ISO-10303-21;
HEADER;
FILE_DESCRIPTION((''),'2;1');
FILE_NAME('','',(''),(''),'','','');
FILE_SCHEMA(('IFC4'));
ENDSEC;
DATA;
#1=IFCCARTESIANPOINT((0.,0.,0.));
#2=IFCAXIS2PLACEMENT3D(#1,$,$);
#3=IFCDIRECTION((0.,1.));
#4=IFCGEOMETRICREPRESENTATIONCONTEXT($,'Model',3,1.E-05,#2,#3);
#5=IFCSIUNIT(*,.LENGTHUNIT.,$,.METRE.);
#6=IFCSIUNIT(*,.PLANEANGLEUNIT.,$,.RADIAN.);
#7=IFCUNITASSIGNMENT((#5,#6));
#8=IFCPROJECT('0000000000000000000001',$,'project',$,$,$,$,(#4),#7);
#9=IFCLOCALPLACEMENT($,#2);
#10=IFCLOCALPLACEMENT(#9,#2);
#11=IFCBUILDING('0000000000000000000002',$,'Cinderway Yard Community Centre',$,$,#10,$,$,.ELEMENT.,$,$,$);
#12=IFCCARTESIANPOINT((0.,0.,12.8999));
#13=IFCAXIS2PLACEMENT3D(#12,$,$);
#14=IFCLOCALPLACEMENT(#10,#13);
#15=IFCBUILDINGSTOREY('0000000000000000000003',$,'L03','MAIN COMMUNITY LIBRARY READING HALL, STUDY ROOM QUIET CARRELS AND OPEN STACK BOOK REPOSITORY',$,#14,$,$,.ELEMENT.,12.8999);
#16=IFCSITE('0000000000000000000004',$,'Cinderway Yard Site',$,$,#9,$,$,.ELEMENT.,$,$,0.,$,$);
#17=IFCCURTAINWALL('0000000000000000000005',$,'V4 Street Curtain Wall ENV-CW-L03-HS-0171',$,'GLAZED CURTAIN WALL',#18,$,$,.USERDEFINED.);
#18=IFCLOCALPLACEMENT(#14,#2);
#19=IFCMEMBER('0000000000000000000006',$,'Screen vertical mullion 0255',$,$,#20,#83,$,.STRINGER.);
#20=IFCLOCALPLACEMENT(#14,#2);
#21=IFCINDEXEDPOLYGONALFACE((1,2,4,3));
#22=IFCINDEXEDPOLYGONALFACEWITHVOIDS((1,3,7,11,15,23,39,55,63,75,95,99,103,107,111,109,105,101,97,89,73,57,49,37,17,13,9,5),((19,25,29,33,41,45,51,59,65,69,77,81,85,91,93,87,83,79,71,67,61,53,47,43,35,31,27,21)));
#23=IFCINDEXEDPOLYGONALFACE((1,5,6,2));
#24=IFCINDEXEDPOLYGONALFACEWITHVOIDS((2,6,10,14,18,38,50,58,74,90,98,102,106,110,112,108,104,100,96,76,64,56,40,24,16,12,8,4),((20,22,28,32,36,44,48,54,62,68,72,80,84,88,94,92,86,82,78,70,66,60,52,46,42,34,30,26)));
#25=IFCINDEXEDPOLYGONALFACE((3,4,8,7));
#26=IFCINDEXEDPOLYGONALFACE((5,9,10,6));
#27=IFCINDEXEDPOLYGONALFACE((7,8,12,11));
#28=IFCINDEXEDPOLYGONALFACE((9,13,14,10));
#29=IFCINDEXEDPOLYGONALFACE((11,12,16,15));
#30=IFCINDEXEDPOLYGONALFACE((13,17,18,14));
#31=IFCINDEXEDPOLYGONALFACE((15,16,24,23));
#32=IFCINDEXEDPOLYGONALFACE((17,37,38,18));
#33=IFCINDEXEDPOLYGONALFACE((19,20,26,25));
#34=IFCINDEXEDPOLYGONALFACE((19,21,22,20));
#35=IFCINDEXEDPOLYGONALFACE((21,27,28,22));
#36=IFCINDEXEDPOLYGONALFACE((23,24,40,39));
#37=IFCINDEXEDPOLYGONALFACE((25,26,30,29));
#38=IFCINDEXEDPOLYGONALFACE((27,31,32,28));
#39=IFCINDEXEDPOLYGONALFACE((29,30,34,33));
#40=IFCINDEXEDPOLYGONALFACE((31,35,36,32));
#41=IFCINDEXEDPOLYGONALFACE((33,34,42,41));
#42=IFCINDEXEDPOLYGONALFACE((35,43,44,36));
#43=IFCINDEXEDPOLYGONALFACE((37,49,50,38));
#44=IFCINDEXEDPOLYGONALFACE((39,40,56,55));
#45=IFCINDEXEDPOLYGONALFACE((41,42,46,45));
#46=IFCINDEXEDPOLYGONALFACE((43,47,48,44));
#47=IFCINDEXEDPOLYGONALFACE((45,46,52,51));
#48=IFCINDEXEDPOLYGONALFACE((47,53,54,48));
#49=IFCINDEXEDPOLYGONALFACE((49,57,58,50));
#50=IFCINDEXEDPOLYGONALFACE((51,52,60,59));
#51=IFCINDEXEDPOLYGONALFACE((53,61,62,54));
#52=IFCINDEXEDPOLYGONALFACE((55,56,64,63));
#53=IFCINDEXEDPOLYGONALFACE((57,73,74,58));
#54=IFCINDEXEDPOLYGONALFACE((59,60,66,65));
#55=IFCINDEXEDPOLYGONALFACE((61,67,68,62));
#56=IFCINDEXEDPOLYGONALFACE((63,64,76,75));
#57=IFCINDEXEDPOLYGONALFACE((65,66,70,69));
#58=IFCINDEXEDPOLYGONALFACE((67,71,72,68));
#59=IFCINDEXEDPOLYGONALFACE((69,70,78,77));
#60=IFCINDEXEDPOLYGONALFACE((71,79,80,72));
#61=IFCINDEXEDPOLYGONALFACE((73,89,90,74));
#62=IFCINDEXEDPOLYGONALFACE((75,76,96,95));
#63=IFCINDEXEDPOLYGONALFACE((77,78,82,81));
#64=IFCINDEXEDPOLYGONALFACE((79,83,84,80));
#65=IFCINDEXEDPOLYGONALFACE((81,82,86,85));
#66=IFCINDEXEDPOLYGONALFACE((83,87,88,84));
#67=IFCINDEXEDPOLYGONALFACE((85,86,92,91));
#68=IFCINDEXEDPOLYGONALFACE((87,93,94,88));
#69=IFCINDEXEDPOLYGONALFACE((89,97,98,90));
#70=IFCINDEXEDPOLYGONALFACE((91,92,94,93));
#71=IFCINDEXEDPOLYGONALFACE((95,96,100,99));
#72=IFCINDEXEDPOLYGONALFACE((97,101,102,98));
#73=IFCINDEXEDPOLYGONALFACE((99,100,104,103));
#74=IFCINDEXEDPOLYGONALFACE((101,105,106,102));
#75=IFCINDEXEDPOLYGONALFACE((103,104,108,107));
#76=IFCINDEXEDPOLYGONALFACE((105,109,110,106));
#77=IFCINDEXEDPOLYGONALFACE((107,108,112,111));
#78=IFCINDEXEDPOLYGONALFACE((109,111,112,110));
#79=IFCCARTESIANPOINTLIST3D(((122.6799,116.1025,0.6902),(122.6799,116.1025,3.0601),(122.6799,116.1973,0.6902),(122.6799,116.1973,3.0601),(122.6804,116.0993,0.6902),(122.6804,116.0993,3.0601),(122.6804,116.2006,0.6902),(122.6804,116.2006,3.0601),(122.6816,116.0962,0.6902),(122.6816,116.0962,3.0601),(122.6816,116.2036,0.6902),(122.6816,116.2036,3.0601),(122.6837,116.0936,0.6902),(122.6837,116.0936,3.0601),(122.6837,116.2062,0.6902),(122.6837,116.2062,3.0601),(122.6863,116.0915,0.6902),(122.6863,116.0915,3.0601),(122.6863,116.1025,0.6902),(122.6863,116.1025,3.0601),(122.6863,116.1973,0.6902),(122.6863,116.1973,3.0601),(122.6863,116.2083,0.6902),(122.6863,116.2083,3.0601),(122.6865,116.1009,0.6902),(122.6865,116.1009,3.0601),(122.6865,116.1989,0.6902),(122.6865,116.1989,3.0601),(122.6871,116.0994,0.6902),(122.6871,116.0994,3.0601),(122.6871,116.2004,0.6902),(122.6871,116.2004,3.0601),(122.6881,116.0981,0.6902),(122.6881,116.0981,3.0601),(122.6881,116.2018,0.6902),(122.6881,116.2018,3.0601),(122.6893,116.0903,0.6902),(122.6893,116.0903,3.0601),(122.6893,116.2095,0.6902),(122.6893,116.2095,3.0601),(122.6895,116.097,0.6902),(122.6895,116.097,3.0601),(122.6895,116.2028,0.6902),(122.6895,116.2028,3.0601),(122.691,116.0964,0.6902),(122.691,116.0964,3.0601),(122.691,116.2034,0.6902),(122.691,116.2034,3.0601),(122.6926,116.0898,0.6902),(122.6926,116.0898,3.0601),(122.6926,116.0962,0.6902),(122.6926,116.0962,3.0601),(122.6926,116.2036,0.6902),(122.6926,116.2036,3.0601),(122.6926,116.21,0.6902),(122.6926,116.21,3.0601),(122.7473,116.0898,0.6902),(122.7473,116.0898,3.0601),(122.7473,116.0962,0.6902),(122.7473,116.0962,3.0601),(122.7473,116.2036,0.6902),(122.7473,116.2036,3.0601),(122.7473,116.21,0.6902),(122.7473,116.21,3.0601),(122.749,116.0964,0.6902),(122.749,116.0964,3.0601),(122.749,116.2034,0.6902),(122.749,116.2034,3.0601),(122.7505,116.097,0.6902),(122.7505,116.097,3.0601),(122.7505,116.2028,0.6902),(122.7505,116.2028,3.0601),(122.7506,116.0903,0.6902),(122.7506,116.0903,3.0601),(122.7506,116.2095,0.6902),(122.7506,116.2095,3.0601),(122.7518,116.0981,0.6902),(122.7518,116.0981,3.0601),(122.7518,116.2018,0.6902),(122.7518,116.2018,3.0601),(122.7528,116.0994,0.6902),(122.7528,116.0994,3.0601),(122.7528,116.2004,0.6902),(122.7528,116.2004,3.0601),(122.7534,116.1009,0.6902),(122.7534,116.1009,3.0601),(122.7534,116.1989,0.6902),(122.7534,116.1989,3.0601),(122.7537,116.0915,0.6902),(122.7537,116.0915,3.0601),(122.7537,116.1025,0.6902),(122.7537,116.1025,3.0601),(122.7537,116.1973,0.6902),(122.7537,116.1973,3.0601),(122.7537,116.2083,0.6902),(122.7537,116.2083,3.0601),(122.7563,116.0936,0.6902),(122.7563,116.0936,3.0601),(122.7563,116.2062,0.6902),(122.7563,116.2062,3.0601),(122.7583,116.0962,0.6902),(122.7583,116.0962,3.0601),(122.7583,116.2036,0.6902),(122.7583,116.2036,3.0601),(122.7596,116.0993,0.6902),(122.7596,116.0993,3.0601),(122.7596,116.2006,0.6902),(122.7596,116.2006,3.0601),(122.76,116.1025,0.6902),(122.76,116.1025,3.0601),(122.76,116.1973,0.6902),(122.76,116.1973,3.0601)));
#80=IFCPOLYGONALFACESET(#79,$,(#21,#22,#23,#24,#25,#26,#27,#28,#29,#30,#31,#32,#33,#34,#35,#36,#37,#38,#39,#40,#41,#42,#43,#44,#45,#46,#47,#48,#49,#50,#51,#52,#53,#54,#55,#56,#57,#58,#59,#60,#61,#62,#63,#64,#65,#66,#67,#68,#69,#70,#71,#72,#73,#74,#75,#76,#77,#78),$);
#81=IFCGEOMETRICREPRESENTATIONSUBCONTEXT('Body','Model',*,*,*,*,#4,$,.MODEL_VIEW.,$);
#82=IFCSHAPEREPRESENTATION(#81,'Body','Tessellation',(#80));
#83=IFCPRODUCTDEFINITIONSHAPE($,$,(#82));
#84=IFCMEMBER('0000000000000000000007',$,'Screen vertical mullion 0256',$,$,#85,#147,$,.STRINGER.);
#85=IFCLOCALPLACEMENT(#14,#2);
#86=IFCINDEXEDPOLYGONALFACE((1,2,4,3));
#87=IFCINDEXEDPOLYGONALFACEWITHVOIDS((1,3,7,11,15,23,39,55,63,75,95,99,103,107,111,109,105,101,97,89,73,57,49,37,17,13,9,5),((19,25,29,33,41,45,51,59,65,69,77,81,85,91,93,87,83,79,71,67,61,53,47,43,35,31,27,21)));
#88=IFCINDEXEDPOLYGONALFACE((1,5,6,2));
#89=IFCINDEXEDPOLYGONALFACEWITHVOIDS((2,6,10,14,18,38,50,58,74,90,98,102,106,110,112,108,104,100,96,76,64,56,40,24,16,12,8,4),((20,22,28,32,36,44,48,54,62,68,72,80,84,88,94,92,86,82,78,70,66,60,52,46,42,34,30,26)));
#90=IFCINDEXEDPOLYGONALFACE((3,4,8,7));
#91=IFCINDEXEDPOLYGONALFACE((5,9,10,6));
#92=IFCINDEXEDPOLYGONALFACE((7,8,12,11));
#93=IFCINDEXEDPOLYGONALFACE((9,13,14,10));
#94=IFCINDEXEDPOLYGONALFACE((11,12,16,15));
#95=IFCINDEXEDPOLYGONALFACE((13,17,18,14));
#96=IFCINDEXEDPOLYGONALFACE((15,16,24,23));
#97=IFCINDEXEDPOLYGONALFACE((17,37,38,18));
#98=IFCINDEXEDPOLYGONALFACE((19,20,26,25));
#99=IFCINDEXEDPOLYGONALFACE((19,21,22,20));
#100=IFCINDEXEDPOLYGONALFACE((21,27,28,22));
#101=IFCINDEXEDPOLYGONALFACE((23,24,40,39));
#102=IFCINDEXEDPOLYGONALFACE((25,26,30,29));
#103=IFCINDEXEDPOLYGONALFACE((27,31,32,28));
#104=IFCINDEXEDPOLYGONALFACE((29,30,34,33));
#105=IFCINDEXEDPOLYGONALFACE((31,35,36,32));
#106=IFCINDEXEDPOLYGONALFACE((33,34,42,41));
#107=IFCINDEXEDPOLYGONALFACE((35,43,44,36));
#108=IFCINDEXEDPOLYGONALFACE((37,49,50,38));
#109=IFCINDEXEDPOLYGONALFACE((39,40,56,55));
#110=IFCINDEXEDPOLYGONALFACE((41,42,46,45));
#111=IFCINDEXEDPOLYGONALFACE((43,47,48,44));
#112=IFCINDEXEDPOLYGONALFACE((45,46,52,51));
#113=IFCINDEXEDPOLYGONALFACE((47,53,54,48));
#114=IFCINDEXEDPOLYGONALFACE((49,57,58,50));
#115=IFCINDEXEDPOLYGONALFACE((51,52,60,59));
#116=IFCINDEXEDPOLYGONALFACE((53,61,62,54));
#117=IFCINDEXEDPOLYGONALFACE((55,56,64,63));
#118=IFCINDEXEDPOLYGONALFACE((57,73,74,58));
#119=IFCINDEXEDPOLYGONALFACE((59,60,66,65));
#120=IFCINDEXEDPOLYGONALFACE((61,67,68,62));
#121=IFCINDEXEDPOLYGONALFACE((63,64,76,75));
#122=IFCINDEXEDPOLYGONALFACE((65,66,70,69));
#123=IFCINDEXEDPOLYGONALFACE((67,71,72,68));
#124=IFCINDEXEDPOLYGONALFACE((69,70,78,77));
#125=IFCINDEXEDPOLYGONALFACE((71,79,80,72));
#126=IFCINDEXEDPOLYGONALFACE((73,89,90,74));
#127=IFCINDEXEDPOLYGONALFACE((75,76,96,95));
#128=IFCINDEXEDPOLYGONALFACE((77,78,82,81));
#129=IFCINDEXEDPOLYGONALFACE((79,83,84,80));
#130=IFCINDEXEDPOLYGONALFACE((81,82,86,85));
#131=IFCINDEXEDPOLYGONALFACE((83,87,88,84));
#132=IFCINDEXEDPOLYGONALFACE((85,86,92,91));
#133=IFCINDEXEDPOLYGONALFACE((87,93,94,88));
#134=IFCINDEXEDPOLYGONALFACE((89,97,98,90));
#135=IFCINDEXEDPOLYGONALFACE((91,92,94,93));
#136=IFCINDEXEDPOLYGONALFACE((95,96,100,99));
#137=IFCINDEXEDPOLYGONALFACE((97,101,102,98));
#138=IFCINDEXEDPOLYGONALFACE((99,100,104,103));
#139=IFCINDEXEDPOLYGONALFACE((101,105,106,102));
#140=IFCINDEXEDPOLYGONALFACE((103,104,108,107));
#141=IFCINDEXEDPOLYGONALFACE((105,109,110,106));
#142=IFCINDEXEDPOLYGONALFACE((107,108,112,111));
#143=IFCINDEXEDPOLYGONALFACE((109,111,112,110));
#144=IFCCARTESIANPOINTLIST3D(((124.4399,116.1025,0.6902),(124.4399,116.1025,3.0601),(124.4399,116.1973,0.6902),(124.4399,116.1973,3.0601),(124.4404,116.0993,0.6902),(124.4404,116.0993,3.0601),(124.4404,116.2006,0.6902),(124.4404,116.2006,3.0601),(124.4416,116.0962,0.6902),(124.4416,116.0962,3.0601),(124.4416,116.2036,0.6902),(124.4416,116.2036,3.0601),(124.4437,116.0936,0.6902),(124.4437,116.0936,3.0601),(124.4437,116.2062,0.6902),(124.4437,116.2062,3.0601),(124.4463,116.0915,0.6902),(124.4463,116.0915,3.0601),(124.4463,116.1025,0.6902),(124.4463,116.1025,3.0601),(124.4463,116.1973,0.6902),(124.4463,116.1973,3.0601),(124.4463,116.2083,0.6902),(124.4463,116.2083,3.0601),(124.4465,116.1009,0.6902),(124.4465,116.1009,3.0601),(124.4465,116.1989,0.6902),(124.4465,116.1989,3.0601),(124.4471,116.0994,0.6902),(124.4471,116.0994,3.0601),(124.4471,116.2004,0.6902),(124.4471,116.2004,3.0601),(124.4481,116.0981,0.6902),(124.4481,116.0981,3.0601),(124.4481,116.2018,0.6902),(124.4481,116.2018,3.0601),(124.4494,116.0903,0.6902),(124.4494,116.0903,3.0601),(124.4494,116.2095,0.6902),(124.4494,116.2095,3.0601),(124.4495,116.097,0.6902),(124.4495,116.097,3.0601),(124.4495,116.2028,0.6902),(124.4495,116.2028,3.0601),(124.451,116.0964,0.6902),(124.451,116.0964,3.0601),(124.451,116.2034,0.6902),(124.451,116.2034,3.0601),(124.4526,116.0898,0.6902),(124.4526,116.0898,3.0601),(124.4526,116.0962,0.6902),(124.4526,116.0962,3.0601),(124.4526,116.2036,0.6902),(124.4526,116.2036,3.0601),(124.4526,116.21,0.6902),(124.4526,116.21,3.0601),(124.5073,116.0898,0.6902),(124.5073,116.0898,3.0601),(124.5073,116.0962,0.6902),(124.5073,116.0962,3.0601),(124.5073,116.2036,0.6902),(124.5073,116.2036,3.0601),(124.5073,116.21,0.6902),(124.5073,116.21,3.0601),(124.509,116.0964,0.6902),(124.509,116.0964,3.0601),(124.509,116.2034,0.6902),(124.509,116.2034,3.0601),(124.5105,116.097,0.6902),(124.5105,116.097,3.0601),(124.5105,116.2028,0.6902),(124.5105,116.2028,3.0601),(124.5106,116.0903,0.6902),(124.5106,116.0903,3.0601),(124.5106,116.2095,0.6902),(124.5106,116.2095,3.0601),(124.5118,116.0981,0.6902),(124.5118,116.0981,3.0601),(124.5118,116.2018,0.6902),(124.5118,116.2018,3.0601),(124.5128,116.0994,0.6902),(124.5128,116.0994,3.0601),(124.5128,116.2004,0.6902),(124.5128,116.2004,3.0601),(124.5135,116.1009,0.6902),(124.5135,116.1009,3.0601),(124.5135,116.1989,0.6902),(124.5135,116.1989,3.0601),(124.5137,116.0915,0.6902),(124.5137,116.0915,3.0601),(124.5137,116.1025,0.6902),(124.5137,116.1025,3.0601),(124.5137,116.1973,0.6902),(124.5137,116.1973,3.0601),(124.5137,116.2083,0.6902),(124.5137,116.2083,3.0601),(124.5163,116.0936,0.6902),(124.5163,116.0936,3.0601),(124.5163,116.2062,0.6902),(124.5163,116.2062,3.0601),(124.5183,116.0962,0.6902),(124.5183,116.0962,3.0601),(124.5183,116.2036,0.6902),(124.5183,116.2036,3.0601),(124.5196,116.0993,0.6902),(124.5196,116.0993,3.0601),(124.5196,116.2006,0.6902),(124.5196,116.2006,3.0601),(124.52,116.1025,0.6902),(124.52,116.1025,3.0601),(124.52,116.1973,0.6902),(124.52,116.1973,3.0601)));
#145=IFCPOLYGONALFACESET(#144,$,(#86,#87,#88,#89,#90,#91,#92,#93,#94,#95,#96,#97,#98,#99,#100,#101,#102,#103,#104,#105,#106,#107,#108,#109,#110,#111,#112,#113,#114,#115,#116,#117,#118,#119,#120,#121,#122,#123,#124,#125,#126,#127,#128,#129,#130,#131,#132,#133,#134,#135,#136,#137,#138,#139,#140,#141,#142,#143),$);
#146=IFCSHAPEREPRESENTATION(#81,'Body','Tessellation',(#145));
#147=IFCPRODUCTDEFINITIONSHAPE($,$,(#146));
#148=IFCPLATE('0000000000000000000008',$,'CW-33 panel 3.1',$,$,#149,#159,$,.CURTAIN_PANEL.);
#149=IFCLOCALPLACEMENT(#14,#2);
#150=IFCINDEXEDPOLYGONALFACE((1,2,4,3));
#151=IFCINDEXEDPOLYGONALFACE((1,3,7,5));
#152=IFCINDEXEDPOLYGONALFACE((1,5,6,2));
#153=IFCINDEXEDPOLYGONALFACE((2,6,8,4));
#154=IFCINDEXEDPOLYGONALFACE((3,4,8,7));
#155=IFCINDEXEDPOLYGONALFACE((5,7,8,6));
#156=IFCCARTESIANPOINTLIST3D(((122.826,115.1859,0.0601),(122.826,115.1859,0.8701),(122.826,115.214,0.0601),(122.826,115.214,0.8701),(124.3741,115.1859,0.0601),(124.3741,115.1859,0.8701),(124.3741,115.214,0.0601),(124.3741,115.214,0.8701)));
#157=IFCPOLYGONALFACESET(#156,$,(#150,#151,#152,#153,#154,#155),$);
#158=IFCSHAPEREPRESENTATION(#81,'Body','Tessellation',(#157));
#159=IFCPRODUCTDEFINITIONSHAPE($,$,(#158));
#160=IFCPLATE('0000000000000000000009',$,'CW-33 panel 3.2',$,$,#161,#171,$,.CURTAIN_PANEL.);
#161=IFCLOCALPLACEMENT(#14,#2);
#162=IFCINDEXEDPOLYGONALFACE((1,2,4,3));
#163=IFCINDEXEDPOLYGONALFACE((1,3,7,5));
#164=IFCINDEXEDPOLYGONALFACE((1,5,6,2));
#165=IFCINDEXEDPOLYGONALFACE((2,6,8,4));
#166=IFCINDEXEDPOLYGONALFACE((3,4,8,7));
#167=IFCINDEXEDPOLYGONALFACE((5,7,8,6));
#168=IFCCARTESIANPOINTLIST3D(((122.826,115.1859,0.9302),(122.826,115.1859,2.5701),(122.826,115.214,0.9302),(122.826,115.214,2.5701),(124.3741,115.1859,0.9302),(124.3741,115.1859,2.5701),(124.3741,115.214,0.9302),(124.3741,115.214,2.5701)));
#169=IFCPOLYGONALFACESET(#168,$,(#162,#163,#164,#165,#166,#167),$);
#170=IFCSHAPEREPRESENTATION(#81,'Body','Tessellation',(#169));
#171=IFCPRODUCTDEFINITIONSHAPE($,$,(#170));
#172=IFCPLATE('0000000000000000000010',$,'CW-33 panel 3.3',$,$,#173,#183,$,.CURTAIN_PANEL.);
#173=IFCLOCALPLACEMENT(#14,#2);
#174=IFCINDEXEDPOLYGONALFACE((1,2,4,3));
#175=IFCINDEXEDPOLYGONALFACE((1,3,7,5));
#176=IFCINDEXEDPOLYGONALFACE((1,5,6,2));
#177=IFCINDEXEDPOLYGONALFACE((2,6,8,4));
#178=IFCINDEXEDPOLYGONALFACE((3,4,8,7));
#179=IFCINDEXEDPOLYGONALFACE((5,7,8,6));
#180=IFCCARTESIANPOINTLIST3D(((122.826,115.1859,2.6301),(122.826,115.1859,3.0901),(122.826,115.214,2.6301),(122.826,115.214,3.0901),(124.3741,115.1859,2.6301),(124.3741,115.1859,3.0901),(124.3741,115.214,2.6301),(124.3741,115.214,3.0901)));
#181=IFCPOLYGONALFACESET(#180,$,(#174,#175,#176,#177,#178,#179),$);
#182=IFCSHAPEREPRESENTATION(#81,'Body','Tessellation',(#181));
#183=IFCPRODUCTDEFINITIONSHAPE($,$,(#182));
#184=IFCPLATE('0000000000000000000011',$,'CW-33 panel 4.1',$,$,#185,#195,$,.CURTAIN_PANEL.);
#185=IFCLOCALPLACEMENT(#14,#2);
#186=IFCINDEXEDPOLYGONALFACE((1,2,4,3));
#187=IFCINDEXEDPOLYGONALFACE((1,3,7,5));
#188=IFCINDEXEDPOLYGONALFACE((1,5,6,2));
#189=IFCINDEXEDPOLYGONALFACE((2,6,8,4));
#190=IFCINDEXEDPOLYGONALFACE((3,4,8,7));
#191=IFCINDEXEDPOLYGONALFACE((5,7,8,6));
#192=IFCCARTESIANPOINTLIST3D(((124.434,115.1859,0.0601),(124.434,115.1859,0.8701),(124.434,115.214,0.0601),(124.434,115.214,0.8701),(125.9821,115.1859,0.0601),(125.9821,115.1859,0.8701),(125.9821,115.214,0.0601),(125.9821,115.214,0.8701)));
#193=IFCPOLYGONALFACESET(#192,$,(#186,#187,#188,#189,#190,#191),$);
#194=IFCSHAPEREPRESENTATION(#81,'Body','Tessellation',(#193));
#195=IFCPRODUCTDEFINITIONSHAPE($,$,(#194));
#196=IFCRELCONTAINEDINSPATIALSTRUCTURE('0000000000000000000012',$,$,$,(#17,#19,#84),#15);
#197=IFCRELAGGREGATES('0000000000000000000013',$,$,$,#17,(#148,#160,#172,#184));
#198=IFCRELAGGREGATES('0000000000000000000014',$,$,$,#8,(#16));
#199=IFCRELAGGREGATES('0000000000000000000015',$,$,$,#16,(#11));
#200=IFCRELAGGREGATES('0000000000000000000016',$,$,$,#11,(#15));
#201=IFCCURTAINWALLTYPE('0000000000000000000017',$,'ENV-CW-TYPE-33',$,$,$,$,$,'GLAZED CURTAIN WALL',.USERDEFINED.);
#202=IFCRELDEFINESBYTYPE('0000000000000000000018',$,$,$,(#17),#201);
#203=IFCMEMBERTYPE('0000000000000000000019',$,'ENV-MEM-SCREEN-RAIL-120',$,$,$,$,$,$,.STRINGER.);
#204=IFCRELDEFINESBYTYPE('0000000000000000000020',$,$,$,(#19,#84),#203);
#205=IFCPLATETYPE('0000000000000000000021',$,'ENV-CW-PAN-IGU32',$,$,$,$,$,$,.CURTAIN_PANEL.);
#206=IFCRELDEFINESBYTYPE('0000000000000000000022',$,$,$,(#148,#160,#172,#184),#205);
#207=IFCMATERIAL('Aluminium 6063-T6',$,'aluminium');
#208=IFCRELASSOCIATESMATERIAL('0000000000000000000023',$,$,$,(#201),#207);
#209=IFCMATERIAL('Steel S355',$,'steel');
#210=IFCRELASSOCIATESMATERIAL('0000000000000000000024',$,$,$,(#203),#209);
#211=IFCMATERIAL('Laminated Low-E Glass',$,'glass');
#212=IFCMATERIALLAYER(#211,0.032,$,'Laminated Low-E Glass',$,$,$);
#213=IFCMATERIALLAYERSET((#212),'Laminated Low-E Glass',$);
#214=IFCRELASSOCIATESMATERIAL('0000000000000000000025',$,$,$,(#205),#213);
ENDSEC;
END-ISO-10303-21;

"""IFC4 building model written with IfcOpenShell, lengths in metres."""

from ifc_helpers import new_model, si_unit, direction, frame, origin, origin_2d, place, context, subcontext, project, spatial, rectangle, hollow_rectangle, extrude, material, layer, layer_set, material_profile, profile_set, type_object, element, aggregate, save


model = new_model("IFC4")

# Units and contexts
model_context = context("Model", 3, precision=1e-05, world=origin(), true_north=direction((0.0, 1.0)))
body_context = subcontext(model_context, "Body", "Model", "MODEL_VIEW")
ifc_project = project(units=[si_unit("LENGTHUNIT", "METRE"), si_unit("PLANEANGLEUNIT", "RADIAN")], contexts=[model_context])

# Site, building, storey
site_placement = place(None, origin())
site = spatial("IfcSite", under=ifc_project, at=site_placement, Name="Cinderway Yard Site", CompositionType="ELEMENT", RefElevation=0.0)
building_placement = place(site_placement, origin())
building = spatial("IfcBuilding", under=site, at=building_placement, Name="Cinderway Yard Community Centre", CompositionType="ELEMENT")
storey_placement = place(building_placement, frame((0.0, 0.0, 12.8999)))
storey = spatial("IfcBuildingStorey", under=building, at=storey_placement, Name="L03", Description="MAIN COMMUNITY LIBRARY READING HALL, STUDY ROOM QUIET CARRELS AND OPEN STACK BOOK REPOSITORY", CompositionType="ELEMENT", Elevation=12.8999)

# Curtain wall
ifc_material_1 = material(Name="Aluminium 6063-T6", Category="aluminium")
curtain_wall_type = type_object("IfcCurtainWallType", Name="ENV-CW-TYPE-33", ElementType="GLAZED CURTAIN WALL", PredefinedType="USERDEFINED", material=ifc_material_1)
curtain_wall_placement = place(storey_placement, origin())
curtain_wall = element("IfcCurtainWall", 1, at=curtain_wall_placement, inside=storey, type_object=curtain_wall_type, Name="V4 Street Curtain Wall ENV-CW-L03-HS-0171", ObjectType="GLAZED CURTAIN WALL", PredefinedType="USERDEFINED")

# Members
ifc_material_2 = material(Name="Steel S355", Category="steel")
ifc_material_profile_1 = material_profile(ifc_material_2, hollow_rectangle(XDim=0.0801, YDim=0.1201, WallThickness=0.0063, InnerFilletRadius=0.0063, OuterFilletRadius=0.0127, at=origin_2d()), Name="Steel S355")
ifc_profile_set_1 = profile_set([ifc_material_profile_1], Name="Steel S355")
member_type_1 = type_object("IfcMemberType", Name="ENV-MEM-SCREEN-RAIL-120", PredefinedType="STRINGER", material=ifc_profile_set_1)
for number, where, z_axis, x_axis, name in (
    (2, (122.72, 116.1499, 0.6902), (0.0, 0.0, 1.0), (1.0, 0.0, 0.0), "Screen vertical mullion 0255"),
    (3, (124.48, 116.1499, 0.6902), (0.0, 0.0, 1.0), (1.0, 0.0, 0.0), "Screen vertical mullion 0256"),
):
    element("IfcMember", number, at=place(storey_placement, frame(where, z_axis=z_axis, x_axis=x_axis)), inside=storey, type_object=member_type_1, Name=name, PredefinedType="STRINGER", context=body_context, shape_type="SweptSolid", body=[
        extrude(hollow_rectangle(XDim=0.0801, YDim=0.1201, WallThickness=0.0063, InnerFilletRadius=0.0063, OuterFilletRadius=0.0127, at=origin_2d()), origin(), (0.0, 0.0, 1.0), 2.3699),
    ])

# Plates
ifc_material_3 = material(Name="Laminated Low-E Glass", Category="glass")
ifc_layer_1 = layer(ifc_material_3, 0.032, Name="Laminated Low-E Glass")
ifc_layer_set_1 = layer_set([ifc_layer_1], Name="Laminated Low-E Glass")
plate_type_1 = type_object("IfcPlateType", Name="ENV-CW-PAN-IGU32", PredefinedType="CURTAIN_PANEL", material=ifc_layer_set_1)
plate_1_placement = place(storey_placement, frame((123.6001, 115.2, 0.0601), z_axis=(0.0, 0.0, 1.0), x_axis=(1.0, 0.0, 0.0)))
plate_1 = element("IfcPlate", 4, at=plate_1_placement, type_object=plate_type_1, Name="CW-33 panel 3.1", PredefinedType="CURTAIN_PANEL", context=body_context, shape_type="SweptSolid", body=[
    extrude(rectangle(XDim=1.5481, YDim=0.0281, at=origin_2d()), origin(), (0.0, 0.0, 1.0), 0.8101),
])
plate_2_placement = place(storey_placement, frame((123.6001, 115.2, 0.9302), z_axis=(0.0, 0.0, 1.0), x_axis=(1.0, 0.0, 0.0)))
plate_2 = element("IfcPlate", 5, at=plate_2_placement, type_object=plate_type_1, Name="CW-33 panel 3.2", PredefinedType="CURTAIN_PANEL", context=body_context, shape_type="SweptSolid", body=[
    extrude(rectangle(XDim=1.5481, YDim=0.0281, at=origin_2d()), origin(), (0.0, 0.0, 1.0), 1.6399),
])
plate_3_placement = place(storey_placement, frame((123.6001, 115.2, 2.6301), z_axis=(0.0, 0.0, 1.0), x_axis=(1.0, 0.0, 0.0)))
plate_3 = element("IfcPlate", 6, at=plate_3_placement, type_object=plate_type_1, Name="CW-33 panel 3.3", PredefinedType="CURTAIN_PANEL", context=body_context, shape_type="SweptSolid", body=[
    extrude(rectangle(XDim=1.5481, YDim=0.0281, at=origin_2d()), origin(), (0.0, 0.0, 1.0), 0.46),
])
plate_4_placement = place(storey_placement, frame((125.208, 115.2, 0.0601), z_axis=(0.0, 0.0, 1.0), x_axis=(1.0, 0.0, 0.0)))
plate_4 = element("IfcPlate", 7, at=plate_4_placement, type_object=plate_type_1, Name="CW-33 panel 4.1", PredefinedType="CURTAIN_PANEL", context=body_context, shape_type="SweptSolid", body=[
    extrude(rectangle(XDim=1.5481, YDim=0.0281, at=origin_2d()), origin(), (0.0, 0.0, 1.0), 0.8101),
])
aggregate(curtain_wall, [plate_1, plate_2, plate_3, plate_4])

save(model, "model.ifc")
